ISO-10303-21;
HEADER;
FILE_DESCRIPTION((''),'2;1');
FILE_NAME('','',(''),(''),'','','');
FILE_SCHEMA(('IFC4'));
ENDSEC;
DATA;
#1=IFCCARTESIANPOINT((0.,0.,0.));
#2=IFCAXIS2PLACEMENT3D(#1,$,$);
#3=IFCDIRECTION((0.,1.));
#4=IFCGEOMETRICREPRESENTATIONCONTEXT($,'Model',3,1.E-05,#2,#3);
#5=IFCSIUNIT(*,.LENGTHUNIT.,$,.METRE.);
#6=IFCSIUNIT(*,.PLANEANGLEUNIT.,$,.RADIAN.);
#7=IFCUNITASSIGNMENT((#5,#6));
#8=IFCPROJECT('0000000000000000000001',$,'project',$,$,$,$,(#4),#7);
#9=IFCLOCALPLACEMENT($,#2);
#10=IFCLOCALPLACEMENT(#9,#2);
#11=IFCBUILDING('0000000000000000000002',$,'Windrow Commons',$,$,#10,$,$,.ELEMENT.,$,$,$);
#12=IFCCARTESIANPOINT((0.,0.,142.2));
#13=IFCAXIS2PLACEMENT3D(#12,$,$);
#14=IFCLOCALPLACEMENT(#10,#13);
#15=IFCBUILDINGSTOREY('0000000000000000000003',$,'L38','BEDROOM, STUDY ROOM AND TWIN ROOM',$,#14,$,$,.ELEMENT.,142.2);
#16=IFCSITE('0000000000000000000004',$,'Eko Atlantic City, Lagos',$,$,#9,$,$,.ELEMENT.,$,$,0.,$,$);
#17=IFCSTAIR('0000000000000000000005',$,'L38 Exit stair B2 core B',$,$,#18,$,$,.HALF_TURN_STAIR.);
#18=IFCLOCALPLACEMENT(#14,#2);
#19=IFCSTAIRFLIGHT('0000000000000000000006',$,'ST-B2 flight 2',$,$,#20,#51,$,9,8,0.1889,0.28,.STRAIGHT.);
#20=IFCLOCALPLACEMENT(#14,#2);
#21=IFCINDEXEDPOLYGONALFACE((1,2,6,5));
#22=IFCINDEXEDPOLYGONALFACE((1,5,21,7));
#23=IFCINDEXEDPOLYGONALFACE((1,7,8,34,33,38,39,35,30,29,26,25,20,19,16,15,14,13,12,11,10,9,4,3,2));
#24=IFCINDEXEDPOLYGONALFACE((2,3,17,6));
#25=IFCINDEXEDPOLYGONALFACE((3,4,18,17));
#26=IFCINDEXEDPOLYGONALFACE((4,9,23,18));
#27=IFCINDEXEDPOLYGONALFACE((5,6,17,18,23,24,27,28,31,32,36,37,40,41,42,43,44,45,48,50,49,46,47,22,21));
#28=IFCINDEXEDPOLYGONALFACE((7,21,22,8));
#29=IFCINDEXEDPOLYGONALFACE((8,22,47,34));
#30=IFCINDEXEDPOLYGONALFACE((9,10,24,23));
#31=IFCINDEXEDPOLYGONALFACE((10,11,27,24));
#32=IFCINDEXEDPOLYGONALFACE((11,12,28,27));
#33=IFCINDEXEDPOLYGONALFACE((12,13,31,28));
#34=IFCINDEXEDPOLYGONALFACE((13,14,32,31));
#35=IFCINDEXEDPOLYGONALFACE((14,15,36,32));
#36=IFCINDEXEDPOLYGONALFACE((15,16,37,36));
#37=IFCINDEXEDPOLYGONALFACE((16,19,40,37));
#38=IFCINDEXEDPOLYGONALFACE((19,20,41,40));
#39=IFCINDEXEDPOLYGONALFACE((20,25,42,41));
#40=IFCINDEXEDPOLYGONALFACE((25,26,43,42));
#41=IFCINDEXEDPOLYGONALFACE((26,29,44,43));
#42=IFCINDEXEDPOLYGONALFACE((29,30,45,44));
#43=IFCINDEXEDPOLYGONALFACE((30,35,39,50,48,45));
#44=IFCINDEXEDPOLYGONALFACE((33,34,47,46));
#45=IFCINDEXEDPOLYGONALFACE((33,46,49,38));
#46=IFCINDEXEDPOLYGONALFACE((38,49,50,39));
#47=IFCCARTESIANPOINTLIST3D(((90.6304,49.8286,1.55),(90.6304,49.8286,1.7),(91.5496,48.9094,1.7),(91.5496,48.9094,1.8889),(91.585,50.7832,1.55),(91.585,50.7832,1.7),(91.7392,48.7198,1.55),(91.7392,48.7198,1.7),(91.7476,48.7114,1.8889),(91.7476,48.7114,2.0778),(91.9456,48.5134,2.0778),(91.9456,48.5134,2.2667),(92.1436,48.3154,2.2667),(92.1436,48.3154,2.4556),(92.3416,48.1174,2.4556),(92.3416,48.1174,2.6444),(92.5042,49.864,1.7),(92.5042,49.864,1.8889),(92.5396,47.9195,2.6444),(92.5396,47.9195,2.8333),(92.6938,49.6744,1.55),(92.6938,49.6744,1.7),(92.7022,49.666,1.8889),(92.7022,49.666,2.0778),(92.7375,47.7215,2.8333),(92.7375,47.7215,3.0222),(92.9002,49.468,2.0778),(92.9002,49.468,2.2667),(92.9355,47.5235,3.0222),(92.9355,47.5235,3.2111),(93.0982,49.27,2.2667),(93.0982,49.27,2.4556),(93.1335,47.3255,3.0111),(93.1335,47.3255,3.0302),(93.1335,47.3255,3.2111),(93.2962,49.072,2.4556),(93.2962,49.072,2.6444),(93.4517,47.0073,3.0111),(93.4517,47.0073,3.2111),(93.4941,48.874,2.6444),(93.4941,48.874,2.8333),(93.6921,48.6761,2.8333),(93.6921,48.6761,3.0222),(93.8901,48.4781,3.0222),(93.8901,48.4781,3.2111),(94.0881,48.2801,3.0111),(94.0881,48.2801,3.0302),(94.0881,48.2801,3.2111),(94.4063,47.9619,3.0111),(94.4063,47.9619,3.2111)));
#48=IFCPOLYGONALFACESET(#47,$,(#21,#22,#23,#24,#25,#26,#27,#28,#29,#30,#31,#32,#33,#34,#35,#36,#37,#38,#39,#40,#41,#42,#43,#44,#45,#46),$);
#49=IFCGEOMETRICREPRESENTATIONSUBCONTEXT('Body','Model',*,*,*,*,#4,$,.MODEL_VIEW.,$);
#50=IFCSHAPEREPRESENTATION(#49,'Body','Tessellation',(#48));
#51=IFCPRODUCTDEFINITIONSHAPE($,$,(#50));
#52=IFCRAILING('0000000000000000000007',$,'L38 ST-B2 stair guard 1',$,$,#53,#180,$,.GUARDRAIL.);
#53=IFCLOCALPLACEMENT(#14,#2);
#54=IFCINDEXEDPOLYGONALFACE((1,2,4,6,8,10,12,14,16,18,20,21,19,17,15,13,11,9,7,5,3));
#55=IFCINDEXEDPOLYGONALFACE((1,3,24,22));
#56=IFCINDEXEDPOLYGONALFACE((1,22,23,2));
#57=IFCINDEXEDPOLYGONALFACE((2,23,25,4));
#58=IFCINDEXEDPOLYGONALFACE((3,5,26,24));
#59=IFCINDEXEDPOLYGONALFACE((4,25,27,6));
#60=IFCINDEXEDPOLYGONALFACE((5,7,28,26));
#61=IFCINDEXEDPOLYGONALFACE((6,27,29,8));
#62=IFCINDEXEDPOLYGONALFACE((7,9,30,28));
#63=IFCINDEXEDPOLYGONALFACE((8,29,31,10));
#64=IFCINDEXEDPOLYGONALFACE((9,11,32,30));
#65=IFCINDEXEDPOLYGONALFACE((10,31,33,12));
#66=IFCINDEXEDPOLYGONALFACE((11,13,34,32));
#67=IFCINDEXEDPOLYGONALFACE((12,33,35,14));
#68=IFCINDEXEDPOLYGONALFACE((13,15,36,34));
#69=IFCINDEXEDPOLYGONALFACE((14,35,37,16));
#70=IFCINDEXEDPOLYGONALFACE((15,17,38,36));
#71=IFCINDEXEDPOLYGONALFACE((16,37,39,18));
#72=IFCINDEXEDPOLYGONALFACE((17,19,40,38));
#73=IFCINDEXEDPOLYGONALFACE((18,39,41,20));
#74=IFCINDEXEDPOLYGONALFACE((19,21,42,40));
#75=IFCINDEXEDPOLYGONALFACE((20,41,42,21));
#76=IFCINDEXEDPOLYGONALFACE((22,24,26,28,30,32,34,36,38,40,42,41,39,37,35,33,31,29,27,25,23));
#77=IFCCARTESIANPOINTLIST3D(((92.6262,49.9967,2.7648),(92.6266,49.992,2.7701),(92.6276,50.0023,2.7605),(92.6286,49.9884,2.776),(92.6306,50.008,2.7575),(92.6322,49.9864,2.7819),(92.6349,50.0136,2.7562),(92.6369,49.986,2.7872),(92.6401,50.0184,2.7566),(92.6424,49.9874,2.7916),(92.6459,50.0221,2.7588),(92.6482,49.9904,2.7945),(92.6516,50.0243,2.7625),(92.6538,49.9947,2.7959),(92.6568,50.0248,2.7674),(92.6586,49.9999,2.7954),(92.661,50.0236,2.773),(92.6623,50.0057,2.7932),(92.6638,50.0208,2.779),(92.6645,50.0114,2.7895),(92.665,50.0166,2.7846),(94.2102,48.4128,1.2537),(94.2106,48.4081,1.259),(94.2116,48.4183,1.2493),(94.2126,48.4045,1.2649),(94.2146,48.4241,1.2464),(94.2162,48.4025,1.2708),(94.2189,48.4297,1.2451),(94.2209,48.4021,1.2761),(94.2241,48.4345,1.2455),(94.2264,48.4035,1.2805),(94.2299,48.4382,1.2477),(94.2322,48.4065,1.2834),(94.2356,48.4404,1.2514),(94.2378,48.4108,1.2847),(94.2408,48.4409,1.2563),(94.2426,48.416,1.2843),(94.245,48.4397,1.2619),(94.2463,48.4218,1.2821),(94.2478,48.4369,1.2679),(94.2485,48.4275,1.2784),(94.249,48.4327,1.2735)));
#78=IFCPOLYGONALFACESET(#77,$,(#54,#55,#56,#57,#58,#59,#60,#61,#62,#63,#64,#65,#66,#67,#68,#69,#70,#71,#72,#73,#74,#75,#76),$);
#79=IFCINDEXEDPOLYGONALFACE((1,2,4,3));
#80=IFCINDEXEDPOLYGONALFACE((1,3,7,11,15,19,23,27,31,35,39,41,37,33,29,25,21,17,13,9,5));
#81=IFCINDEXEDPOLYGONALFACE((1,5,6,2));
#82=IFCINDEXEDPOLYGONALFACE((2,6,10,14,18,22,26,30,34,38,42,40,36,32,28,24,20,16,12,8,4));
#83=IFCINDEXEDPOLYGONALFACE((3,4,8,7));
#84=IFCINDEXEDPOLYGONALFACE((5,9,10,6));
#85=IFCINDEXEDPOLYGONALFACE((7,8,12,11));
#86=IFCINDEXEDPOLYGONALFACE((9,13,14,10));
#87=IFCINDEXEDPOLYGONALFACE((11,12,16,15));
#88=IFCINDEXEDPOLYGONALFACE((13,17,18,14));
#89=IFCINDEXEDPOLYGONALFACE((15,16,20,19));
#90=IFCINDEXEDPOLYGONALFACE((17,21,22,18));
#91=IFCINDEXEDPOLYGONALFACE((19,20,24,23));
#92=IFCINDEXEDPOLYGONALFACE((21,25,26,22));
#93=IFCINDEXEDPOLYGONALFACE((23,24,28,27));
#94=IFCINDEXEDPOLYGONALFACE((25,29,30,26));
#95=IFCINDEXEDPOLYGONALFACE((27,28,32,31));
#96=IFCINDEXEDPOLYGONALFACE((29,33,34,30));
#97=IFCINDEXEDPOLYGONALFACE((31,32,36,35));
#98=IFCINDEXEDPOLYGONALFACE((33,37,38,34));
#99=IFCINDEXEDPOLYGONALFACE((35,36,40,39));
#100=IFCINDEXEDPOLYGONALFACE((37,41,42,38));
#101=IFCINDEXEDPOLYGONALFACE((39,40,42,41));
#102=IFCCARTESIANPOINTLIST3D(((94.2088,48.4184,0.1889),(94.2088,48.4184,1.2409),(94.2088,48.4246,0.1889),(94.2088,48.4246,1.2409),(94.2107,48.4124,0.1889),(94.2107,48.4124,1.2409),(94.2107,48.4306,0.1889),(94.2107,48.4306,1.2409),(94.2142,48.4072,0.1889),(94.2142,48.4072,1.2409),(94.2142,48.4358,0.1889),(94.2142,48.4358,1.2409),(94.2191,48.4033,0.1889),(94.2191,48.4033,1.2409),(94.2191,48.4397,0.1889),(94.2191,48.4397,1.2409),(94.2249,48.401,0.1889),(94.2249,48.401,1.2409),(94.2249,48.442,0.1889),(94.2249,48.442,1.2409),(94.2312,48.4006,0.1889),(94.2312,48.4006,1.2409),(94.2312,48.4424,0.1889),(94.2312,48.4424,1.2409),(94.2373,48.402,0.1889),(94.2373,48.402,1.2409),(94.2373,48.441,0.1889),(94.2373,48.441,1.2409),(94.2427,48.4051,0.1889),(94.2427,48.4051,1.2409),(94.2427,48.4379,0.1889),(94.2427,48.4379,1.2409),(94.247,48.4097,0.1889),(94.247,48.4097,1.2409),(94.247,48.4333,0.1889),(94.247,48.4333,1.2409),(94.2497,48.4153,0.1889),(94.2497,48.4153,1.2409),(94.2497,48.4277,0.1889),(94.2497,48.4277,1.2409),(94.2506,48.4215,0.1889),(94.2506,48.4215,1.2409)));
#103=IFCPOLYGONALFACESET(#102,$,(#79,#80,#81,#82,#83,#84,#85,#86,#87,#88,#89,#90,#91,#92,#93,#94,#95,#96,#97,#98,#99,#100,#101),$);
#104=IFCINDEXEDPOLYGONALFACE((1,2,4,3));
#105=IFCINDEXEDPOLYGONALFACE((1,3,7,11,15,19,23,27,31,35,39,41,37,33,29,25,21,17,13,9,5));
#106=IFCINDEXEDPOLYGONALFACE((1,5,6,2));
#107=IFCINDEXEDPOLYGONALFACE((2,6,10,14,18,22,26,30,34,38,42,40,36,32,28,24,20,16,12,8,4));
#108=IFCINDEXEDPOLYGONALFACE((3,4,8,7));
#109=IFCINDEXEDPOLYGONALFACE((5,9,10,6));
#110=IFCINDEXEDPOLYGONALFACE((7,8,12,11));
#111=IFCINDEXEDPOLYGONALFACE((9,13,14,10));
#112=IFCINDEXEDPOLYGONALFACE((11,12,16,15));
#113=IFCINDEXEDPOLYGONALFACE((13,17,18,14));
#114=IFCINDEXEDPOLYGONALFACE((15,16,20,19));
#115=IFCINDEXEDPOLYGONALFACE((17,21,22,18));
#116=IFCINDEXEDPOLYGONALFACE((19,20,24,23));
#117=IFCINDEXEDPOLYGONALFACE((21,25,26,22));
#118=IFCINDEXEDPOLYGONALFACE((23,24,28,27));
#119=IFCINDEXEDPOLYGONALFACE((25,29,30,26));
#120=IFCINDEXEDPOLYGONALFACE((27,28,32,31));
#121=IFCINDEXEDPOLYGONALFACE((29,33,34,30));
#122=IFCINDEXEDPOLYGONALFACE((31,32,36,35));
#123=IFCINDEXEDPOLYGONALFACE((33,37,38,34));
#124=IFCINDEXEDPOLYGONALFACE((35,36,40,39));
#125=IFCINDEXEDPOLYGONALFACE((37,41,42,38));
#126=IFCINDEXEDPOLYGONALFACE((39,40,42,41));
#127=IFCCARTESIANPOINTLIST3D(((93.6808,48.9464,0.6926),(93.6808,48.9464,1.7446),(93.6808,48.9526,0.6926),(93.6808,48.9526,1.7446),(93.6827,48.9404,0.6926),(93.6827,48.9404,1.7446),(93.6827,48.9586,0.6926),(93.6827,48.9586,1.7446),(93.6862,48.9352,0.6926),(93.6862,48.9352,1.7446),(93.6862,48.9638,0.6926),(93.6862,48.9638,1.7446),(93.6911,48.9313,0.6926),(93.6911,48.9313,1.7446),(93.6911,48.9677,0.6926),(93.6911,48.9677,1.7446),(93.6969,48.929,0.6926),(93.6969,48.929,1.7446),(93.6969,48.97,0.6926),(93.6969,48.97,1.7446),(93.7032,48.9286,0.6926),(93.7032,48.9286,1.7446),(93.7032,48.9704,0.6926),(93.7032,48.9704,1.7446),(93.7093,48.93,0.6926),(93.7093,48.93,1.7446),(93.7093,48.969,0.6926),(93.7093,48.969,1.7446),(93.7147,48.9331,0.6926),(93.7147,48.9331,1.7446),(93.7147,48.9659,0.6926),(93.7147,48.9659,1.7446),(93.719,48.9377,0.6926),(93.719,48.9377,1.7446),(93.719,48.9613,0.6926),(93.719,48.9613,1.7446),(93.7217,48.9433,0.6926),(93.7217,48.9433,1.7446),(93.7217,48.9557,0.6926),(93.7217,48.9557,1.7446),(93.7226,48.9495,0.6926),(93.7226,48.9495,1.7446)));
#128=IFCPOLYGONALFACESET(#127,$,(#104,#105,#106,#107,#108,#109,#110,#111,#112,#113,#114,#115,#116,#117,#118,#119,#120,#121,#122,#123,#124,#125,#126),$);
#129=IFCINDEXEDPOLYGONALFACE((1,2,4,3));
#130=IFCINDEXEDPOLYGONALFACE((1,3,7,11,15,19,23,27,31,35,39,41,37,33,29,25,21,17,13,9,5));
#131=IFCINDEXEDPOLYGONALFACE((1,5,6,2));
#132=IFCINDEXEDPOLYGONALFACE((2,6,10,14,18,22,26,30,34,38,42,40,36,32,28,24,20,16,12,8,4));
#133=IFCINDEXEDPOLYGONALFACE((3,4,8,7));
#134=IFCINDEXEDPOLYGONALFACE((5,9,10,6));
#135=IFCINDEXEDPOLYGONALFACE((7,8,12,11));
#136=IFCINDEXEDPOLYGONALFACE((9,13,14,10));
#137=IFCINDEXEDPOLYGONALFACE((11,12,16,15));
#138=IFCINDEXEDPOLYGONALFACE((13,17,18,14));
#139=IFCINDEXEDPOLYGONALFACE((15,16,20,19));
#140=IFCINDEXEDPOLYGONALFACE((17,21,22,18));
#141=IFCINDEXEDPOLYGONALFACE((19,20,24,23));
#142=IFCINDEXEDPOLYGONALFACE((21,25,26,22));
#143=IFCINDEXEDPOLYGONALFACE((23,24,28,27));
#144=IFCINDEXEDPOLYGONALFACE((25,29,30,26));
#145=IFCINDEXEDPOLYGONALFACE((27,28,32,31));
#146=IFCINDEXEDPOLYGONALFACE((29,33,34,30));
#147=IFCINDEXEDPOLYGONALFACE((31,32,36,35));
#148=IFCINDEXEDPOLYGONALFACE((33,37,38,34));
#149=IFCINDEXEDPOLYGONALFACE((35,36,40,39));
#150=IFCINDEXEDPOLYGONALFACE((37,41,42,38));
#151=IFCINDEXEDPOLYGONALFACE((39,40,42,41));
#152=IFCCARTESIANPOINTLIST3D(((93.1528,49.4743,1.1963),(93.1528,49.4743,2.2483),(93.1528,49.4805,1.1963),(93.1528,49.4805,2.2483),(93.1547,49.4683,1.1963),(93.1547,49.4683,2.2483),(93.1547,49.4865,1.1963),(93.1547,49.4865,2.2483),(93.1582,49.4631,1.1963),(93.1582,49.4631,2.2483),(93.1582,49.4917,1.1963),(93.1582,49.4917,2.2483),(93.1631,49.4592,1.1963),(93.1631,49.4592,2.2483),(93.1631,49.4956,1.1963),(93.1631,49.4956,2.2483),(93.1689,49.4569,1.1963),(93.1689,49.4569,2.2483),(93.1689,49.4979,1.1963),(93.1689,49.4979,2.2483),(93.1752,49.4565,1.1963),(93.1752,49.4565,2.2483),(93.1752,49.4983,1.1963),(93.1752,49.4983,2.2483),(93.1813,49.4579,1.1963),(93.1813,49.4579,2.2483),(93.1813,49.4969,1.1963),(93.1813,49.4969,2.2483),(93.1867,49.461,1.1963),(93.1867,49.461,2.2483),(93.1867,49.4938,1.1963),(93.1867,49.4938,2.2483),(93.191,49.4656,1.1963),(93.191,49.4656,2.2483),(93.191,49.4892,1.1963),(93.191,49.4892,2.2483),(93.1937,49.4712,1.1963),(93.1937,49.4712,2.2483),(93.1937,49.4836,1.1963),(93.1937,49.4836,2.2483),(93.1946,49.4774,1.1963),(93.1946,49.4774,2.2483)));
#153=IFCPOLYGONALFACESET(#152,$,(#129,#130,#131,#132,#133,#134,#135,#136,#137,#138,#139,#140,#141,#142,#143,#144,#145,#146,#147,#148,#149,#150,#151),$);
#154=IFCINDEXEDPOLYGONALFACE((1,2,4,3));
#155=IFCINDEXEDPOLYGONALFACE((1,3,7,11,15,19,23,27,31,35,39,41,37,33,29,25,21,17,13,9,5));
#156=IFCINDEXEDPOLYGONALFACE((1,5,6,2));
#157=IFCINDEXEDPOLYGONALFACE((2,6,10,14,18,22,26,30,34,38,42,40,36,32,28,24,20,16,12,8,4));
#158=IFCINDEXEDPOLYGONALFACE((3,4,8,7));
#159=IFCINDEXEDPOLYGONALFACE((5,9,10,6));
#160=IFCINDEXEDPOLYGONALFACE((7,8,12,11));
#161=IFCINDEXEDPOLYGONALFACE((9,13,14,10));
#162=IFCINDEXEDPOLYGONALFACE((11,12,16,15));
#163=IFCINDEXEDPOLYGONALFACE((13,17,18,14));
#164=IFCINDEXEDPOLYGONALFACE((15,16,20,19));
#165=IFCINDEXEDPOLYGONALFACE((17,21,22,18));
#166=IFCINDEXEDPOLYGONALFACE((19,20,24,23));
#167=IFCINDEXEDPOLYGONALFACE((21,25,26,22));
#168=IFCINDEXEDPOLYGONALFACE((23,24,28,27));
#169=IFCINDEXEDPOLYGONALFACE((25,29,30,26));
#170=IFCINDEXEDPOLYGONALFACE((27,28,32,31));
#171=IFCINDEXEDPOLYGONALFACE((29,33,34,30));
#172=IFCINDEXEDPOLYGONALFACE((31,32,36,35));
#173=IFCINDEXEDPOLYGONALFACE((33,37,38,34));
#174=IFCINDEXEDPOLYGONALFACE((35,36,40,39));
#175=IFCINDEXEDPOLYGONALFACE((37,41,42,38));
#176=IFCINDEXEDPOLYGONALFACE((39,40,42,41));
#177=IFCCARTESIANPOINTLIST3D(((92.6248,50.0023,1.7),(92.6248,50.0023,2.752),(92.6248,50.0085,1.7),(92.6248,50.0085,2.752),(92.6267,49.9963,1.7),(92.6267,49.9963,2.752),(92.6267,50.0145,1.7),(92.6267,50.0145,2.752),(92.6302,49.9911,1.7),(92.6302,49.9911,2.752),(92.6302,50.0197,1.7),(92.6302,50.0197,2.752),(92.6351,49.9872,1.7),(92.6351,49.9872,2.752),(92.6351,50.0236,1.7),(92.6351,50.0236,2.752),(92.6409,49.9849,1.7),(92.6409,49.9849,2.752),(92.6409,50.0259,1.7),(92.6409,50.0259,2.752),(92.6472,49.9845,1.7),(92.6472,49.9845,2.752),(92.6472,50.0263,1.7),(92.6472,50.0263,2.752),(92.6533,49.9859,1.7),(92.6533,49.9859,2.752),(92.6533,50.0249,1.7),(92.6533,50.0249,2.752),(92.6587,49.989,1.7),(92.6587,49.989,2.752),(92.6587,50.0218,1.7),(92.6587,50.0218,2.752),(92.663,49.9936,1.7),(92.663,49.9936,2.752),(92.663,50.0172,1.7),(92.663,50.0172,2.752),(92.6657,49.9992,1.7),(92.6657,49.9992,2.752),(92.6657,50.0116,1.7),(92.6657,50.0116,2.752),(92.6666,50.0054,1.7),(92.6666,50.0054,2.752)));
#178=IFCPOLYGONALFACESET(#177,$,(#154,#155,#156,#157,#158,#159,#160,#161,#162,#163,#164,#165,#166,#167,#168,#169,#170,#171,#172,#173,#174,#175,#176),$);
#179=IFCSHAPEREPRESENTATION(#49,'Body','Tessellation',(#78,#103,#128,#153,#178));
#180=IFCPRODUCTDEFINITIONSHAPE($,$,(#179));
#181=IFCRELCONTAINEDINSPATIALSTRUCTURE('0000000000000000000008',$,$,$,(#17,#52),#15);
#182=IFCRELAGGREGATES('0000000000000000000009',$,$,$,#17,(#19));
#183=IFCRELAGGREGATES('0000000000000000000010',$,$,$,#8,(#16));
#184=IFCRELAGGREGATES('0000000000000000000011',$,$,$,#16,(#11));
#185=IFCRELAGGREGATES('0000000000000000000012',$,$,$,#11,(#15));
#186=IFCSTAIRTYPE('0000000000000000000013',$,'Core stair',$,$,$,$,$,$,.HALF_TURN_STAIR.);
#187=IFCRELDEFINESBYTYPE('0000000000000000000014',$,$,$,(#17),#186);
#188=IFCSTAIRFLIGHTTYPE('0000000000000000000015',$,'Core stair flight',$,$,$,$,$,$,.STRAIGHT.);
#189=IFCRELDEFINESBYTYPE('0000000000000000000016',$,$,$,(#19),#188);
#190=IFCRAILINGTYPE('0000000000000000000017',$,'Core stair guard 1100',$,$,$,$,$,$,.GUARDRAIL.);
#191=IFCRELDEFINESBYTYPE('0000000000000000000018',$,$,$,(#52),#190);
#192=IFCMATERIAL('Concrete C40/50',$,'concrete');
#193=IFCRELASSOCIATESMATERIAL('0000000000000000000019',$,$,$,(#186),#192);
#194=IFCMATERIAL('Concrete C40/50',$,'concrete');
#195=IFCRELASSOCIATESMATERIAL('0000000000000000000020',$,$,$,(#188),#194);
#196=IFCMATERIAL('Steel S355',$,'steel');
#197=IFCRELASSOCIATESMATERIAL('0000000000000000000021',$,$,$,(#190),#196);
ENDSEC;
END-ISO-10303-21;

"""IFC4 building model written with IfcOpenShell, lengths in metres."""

from ifc_helpers import new_model, si_unit, direction, frame, origin, origin_2d, place, context, subcontext, project, spatial, polyline, circle, outline, extrude, material, type_object, element, aggregate, save


model = new_model("IFC4")

# Units and contexts
model_context = context("Model", 3, precision=1e-05, world=origin(), true_north=direction((0.0, 1.0)))
body_context = subcontext(model_context, "Body", "Model", "MODEL_VIEW")
ifc_project = project(units=[si_unit("LENGTHUNIT", "METRE"), si_unit("PLANEANGLEUNIT", "RADIAN")], contexts=[model_context])

# Site, building, storey
site_placement = place(None, origin())
site = spatial("IfcSite", under=ifc_project, at=site_placement, Name="Eko Atlantic City, Lagos", CompositionType="ELEMENT", RefElevation=0.0)
building_placement = place(site_placement, origin())
building = spatial("IfcBuilding", under=site, at=building_placement, Name="Windrow Commons", CompositionType="ELEMENT")
storey_placement = place(building_placement, frame((0.0, 0.0, 142.2)))
storey = spatial("IfcBuildingStorey", under=building, at=storey_placement, Name="L38", Description="BEDROOM, STUDY ROOM AND TWIN ROOM", CompositionType="ELEMENT", Elevation=142.2)

# Stair, stair flight
ifc_material_1 = material(Name="Concrete C40/50", Category="concrete")
stair_type = type_object("IfcStairType", Name="Core stair", PredefinedType="HALF_TURN_STAIR", material=ifc_material_1)
stair_placement = place(storey_placement, origin())
stair = element("IfcStair", 1, at=stair_placement, inside=storey, type_object=stair_type, Name="L38 Exit stair B2 core B", PredefinedType="HALF_TURN_STAIR")
ifc_material_2 = material(Name="Concrete C40/50", Category="concrete")
stair_flight_type = type_object("IfcStairFlightType", Name="Core stair flight", PredefinedType="STRAIGHT", material=ifc_material_2)
stair_flight_placement = place(storey_placement, frame((92.0269, 49.3867, 1.7), z_axis=(0.0, 0.0, 1.0), x_axis=(0.707107, -0.707107, 0.0)))
stair_flight = element("IfcStairFlight", 2, at=stair_flight_placement, type_object=stair_flight_type, Name="ST-B2 flight 2", NumberOfRisers=9, NumberOfTreads=8, PredefinedType="STRAIGHT", RiserHeight=0.1889, TreadLength=0.28, context=body_context, shape_type="SweptSolid", body=[
    extrude(outline(polyline([(-1.3, -0.15), (-1.3, 0.0), (0.0, 0.0), (0.0, 0.1889), (0.28, 0.1889), (0.28, 0.3778), (0.56, 0.3778), (0.56, 0.5667), (0.84, 0.5667), (0.84, 0.7556), (1.12, 0.7556), (1.12, 0.9444), (1.4, 0.9444), (1.4, 1.1333), (1.68, 1.1333), (1.68, 1.3222), (1.96, 1.3222), (1.96, 1.5111), (2.24, 1.5111), (2.69, 1.5111), (2.69, 1.3111), (2.24, 1.3111), (2.24, 1.3302), (0.2682, 0.0), (0.2682, -0.15), (-1.3, -0.15)])), frame((0.0, 0.675, 0.0), z_axis=(0.0, -1.0, 0.0), x_axis=(1.0, 0.0, 0.0)), (0.0, 0.0, 1.0), 1.35),
])
aggregate(stair, [stair_flight])

# Railing
ifc_material_3 = material(Name="Steel S355", Category="steel")
railing_type_1 = type_object("IfcRailingType", Name="Core stair guard 1100", PredefinedType="GUARDRAIL", material=ifc_material_3)
railing_1_placement = place(storey_placement, frame((94.2296, 48.4215, 0.1889)))
element("IfcRailing", 3, at=railing_1_placement, inside=storey, type_object=railing_type_1, Name="L38 ST-B2 stair guard 1", PredefinedType="GUARDRAIL", context=body_context, shape_type="SweptSolid", body=[
    extrude(circle(Radius=0.024, at=origin_2d()), frame((0.0, 0.0, 1.076), z_axis=(-0.586216, 0.586179, 0.559237), x_axis=(-0.707084, -0.707129, 0.0)), (0.0, 0.0, 1.0), 2.7021),
    extrude(circle(Radius=0.021, at=origin_2d()), origin(), (0.0, 0.0, 1.0), 1.052),
    extrude(circle(Radius=0.021, at=origin_2d()), frame((-0.528, 0.528, 0.5037)), (0.0, 0.0, 1.0), 1.052),
    extrude(circle(Radius=0.021, at=origin_2d()), frame((-1.056, 1.0559, 1.0074)), (0.0, 0.0, 1.0), 1.052),
    extrude(circle(Radius=0.021, at=origin_2d()), frame((-1.584, 1.5839, 1.5111)), (0.0, 0.0, 1.0), 1.052),
])

save(model, "model.ifc")
